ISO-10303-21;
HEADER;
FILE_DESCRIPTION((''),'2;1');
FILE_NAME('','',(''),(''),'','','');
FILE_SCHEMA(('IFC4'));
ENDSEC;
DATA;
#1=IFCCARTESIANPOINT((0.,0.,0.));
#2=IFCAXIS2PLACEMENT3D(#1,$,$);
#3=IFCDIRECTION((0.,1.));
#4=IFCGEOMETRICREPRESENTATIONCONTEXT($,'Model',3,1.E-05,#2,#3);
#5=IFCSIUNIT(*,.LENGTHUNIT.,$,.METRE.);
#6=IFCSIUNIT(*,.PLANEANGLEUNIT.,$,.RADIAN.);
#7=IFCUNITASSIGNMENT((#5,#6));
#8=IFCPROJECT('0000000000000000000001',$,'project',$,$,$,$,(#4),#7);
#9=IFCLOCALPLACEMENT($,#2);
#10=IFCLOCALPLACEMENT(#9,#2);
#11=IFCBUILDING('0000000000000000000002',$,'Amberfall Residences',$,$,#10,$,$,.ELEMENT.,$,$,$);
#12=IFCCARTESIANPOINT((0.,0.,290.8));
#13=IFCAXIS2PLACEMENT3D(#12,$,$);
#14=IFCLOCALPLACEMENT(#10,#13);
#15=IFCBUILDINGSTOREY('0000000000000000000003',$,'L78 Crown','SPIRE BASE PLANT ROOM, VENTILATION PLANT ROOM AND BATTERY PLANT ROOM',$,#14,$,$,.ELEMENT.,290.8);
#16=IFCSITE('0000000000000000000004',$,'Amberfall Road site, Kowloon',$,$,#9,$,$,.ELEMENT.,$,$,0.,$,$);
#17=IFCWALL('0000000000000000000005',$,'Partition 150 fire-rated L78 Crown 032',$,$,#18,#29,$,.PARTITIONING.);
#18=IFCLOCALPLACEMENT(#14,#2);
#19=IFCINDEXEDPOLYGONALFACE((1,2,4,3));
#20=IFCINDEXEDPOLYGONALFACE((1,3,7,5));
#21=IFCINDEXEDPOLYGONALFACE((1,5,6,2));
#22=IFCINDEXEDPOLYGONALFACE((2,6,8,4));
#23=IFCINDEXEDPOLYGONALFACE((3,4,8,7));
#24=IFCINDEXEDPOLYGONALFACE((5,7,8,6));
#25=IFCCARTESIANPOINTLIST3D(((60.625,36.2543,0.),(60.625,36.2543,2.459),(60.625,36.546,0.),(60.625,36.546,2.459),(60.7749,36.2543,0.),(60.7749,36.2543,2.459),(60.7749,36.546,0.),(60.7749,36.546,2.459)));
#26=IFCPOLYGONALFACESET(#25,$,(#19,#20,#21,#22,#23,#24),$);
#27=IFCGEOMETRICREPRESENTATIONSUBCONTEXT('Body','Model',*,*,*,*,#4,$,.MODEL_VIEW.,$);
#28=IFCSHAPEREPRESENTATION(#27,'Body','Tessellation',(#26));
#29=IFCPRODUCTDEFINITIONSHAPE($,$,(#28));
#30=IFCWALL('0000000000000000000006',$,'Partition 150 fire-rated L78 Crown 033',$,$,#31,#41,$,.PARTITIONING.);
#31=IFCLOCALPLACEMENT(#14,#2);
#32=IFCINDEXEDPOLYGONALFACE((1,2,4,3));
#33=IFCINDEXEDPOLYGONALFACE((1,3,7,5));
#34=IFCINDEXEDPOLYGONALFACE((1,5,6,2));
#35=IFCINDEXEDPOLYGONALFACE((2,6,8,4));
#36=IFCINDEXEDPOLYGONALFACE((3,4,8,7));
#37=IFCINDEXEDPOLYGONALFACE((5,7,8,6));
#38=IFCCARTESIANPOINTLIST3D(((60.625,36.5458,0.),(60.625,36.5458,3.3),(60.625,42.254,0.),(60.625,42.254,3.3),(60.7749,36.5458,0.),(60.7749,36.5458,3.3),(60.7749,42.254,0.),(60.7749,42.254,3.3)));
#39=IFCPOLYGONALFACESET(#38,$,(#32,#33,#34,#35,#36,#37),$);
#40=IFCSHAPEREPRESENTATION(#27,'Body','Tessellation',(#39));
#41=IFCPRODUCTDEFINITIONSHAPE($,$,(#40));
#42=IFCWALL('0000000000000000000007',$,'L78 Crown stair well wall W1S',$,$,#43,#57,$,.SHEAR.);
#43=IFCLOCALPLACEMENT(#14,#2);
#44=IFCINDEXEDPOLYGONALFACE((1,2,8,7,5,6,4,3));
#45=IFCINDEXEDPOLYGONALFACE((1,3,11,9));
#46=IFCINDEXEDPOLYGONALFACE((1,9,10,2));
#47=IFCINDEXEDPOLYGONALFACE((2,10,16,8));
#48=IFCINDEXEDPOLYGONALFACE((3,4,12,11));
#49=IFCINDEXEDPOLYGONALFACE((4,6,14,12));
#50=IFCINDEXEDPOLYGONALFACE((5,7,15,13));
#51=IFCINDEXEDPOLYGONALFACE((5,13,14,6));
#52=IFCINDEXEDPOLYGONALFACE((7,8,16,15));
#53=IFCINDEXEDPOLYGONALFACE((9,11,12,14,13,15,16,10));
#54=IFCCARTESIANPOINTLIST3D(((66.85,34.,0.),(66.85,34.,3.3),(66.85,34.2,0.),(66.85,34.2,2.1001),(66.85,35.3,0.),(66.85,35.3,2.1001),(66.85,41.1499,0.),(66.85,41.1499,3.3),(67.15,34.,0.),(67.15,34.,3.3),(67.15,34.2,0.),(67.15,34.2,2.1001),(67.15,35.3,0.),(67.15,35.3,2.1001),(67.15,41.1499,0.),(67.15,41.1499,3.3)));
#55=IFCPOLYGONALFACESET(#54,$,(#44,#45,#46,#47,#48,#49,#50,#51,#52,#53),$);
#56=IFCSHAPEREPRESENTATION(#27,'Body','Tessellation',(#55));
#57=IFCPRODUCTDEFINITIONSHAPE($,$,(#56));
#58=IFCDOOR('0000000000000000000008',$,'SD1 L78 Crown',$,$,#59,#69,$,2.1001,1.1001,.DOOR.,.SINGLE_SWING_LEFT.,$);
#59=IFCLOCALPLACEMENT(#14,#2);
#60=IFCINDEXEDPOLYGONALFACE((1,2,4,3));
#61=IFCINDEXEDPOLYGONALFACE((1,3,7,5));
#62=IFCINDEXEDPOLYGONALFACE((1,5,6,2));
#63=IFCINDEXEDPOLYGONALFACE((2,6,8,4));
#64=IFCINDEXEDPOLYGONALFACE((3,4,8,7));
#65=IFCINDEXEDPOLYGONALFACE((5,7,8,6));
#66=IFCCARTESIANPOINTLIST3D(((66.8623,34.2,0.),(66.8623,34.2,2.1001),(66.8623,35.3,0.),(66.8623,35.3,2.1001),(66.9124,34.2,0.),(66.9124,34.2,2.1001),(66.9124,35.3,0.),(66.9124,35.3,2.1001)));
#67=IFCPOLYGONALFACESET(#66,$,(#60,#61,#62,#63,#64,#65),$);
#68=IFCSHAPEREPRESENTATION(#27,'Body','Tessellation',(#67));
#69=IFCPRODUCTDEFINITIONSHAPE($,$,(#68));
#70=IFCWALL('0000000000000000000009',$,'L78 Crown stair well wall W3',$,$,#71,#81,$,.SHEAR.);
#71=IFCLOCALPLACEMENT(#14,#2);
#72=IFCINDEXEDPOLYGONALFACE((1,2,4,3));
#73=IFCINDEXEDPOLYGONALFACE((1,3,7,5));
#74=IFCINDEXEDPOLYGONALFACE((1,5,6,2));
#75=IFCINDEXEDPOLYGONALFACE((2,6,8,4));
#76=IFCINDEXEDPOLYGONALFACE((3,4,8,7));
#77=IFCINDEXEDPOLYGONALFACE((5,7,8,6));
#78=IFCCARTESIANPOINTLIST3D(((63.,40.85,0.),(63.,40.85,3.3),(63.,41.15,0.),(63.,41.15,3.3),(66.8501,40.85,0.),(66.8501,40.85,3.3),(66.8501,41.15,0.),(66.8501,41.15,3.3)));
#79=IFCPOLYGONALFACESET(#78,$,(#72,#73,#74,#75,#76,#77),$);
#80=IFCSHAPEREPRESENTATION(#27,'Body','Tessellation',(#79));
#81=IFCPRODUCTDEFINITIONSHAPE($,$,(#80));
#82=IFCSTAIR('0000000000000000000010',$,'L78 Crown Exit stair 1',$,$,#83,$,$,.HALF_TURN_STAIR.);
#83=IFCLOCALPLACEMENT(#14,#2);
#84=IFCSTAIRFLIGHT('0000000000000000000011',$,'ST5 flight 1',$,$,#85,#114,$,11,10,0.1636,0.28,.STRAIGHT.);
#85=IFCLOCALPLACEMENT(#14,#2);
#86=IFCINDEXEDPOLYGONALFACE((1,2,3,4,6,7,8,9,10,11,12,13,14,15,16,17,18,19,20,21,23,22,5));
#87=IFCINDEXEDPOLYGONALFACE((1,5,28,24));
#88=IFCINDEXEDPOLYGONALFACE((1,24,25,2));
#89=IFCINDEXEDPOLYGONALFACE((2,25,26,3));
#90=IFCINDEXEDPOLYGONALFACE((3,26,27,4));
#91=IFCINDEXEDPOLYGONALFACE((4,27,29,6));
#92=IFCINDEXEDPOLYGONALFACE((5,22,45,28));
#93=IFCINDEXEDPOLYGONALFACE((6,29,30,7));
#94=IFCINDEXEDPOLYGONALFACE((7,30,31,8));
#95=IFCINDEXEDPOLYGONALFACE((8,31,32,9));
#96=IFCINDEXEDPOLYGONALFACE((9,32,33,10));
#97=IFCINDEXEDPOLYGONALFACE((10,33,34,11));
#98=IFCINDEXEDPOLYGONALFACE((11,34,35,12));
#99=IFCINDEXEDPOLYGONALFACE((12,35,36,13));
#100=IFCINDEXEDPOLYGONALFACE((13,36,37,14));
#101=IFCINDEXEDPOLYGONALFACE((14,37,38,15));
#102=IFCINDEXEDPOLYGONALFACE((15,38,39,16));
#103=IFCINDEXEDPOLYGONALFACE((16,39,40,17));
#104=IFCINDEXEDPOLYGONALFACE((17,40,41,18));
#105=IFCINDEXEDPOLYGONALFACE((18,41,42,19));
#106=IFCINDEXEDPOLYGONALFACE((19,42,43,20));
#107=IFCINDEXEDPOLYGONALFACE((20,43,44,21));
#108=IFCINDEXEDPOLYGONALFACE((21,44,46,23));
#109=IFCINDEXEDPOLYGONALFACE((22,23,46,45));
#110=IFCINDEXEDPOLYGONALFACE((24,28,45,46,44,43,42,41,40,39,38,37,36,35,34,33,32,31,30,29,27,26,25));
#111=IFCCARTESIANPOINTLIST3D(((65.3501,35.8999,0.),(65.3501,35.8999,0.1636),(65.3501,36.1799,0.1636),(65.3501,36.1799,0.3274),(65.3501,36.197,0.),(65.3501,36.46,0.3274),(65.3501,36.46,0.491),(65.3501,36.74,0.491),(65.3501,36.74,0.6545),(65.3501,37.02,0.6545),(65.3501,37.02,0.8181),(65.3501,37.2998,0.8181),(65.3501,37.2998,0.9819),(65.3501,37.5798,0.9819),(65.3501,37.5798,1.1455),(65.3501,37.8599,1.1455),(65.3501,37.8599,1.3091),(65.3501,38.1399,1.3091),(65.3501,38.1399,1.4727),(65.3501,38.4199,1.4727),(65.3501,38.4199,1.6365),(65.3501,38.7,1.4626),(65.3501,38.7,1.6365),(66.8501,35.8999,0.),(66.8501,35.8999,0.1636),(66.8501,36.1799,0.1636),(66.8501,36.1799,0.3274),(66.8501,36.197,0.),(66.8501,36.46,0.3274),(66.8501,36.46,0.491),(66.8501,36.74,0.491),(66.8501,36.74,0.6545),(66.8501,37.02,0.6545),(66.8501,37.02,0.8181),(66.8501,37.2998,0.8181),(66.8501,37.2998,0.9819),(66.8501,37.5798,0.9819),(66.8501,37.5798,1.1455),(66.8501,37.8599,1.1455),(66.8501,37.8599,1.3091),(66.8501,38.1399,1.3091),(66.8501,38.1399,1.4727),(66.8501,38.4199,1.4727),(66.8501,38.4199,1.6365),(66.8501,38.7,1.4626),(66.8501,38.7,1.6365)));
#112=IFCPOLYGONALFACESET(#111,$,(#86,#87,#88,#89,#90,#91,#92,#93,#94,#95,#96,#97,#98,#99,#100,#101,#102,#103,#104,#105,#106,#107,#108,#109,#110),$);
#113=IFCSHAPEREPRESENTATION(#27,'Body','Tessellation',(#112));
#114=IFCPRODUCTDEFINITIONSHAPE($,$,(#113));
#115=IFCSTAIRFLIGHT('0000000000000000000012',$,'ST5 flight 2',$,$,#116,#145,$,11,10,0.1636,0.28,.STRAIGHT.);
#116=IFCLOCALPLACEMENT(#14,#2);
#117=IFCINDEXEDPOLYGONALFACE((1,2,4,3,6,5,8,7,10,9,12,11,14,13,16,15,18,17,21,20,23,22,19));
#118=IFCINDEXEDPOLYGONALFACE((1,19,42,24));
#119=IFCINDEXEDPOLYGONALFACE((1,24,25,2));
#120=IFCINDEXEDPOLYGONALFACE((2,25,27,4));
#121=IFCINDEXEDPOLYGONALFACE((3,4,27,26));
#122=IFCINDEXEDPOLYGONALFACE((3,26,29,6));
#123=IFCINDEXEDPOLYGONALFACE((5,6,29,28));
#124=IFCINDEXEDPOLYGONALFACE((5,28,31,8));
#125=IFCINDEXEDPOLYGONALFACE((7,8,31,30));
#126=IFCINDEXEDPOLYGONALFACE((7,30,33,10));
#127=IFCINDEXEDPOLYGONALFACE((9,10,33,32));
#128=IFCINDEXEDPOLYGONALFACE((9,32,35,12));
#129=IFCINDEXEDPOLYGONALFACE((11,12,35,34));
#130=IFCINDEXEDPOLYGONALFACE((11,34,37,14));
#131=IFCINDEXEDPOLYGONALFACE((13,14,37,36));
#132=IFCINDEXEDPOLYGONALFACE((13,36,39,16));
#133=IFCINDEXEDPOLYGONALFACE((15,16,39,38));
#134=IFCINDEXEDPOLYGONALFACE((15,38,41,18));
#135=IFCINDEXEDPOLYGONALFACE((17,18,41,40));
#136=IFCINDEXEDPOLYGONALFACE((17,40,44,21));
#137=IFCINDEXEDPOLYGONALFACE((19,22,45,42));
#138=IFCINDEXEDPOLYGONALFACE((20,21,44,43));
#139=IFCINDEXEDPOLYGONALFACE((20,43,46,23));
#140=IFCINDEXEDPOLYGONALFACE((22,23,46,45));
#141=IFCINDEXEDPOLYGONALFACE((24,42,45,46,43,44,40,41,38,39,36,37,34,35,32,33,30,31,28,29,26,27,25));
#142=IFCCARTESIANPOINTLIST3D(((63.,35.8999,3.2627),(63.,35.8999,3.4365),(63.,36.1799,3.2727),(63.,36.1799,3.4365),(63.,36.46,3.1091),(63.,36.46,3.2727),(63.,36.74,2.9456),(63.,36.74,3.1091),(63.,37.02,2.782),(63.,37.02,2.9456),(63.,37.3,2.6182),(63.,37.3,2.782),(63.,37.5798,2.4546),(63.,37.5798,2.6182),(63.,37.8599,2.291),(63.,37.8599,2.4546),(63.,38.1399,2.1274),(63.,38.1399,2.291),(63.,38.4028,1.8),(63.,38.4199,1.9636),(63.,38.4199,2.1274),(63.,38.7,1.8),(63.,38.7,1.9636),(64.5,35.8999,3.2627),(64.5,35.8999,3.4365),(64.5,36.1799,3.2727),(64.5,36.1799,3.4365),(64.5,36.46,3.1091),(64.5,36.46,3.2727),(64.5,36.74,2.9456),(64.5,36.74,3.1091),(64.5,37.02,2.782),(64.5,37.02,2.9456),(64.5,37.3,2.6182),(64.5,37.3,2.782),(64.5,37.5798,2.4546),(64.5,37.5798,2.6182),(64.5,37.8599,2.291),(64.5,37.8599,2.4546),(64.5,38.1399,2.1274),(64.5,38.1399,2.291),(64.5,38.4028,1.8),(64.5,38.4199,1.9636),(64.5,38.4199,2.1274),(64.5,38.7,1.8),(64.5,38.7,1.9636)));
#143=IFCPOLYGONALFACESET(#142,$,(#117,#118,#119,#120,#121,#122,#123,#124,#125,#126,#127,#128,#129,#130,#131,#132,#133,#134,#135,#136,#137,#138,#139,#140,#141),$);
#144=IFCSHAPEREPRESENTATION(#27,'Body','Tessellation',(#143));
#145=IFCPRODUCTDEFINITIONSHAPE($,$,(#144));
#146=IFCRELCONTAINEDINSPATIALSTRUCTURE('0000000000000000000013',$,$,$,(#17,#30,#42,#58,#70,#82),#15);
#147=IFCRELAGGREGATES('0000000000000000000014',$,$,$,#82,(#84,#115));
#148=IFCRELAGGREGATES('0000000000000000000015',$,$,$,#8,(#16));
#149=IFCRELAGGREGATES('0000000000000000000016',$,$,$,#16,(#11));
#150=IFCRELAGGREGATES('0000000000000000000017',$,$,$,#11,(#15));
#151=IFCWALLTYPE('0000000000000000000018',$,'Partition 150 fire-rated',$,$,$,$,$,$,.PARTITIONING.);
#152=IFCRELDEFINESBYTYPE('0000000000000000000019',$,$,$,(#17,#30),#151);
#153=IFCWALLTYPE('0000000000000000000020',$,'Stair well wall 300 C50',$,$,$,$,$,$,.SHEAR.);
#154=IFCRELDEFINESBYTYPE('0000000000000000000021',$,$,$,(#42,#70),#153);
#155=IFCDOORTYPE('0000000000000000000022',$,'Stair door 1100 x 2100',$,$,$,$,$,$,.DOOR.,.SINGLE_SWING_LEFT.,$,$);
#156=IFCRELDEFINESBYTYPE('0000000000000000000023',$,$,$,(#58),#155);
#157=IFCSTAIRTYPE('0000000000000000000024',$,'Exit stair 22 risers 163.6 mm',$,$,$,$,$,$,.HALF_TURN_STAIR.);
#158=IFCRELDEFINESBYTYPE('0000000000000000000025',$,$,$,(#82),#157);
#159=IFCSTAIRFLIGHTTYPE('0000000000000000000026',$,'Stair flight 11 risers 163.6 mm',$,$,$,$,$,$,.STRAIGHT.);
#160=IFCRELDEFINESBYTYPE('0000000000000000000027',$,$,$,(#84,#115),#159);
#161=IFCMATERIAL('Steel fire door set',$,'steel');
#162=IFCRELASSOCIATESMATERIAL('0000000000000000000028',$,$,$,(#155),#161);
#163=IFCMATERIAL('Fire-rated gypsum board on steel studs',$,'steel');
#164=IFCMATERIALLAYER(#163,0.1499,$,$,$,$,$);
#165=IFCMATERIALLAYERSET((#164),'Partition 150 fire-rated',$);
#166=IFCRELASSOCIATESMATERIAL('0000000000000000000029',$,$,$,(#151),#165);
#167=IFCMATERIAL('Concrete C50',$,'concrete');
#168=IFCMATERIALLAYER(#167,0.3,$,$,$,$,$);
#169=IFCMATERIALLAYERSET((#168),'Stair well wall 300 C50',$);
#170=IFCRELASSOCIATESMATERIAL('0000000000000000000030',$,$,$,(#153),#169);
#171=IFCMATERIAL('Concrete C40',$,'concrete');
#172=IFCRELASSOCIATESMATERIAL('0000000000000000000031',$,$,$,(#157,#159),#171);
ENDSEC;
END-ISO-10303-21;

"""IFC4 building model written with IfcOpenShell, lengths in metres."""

from ifc_helpers import new_model, si_unit, direction, frame, frame_2d, origin, place, context, subcontext, project, spatial, polyline, rectangle, outline, extrude, material, layer, layer_set, type_object, element, fill, aggregate, save


model = new_model("IFC4")

# Units and contexts
model_context = context("Model", 3, precision=1e-05, world=origin(), true_north=direction((0.0, 1.0)))
body_context = subcontext(model_context, "Body", "Model", "MODEL_VIEW")
ifc_project = project(units=[si_unit("LENGTHUNIT", "METRE"), si_unit("PLANEANGLEUNIT", "RADIAN")], contexts=[model_context])

# Site, building, storey
site_placement = place(None, origin())
site = spatial("IfcSite", under=ifc_project, at=site_placement, Name="Amberfall Road site, Kowloon", CompositionType="ELEMENT", RefElevation=0.0)
building_placement = place(site_placement, origin())
building = spatial("IfcBuilding", under=site, at=building_placement, Name="Amberfall Residences", CompositionType="ELEMENT")
storey_placement = place(building_placement, frame((0.0, 0.0, 290.8)))
storey = spatial("IfcBuildingStorey", under=building, at=storey_placement, Name="L78 Crown", Description="SPIRE BASE PLANT ROOM, VENTILATION PLANT ROOM AND BATTERY PLANT ROOM", CompositionType="ELEMENT", Elevation=290.8)

# Shared definitions
ifc_material_1 = material(Name="Steel fire door set", Category="steel")

# Shared definitions
ifc_material_2 = material(Name="Concrete C50", Category="concrete")
door_type_1 = type_object("IfcDoorType", Name="Stair door 1100 x 2100", OperationType="SINGLE_SWING_LEFT", PredefinedType="DOOR", material=ifc_material_1)

# Shared definitions
ifc_material_3 = material(Name="Fire-rated gypsum board on steel studs", Category="steel")
ifc_layer_1 = layer(ifc_material_3, 0.1499)
ifc_layer_set_1 = layer_set([ifc_layer_1], Name="Partition 150 fire-rated")
wall_type_1 = type_object("IfcWallType", Name="Partition 150 fire-rated", PredefinedType="PARTITIONING", material=ifc_layer_set_1)

# Walls
wall_1_placement = place(storey_placement, frame((60.7, 36.2542, 0.0), z_axis=(0.0, 0.0, 1.0), x_axis=(0.0, 1.0, 0.0)))
element("IfcWall", 1, at=wall_1_placement, inside=storey, type_object=wall_type_1, Name="Partition 150 fire-rated L78 Crown 032", PredefinedType="PARTITIONING", context=body_context, shape_type="SweptSolid", body=[
    extrude(rectangle(XDim=0.2917, YDim=0.1499, at=frame_2d((0.146, 0.0))), origin(), (0.0, 0.0, 1.0), 2.459),
])
wall_2_placement = place(storey_placement, frame((60.7, 36.5459, 0.0), z_axis=(0.0, 0.0, 1.0), x_axis=(0.0, 1.0, 0.0)))
element("IfcWall", 2, at=wall_2_placement, inside=storey, type_object=wall_type_1, Name="Partition 150 fire-rated L78 Crown 033", PredefinedType="PARTITIONING", context=body_context, shape_type="SweptSolid", body=[
    extrude(rectangle(XDim=5.7083, YDim=0.1499, at=frame_2d((2.854, 0.0))), origin(), (0.0, 0.0, 1.0), 3.3),
])

# Wall, opening, door
ifc_layer_2 = layer(ifc_material_2, 0.3)
ifc_layer_set_2 = layer_set([ifc_layer_2], Name="Stair well wall 300 C50")
wall_type_2 = type_object("IfcWallType", Name="Stair well wall 300 C50", PredefinedType="SHEAR", material=ifc_layer_set_2)
wall_3_placement = place(storey_placement, frame((67.0, 34.0, 0.0), z_axis=(0.0, 0.0, 1.0), x_axis=(0.0, 1.0, 0.0)))
wall_3 = element("IfcWall", 3, at=wall_3_placement, inside=storey, type_object=wall_type_2, Name="L78 Crown stair well wall W1S", PredefinedType="SHEAR", context=body_context, shape_type="SweptSolid", body=[
    extrude(rectangle(XDim=7.1499, YDim=0.3, at=frame_2d((3.575, 0.0))), origin(), (0.0, 0.0, 1.0), 3.3),
])
opening_1_placement = place(wall_3_placement, frame((0.2, 0.0, 0.0)))
opening_1 = element("IfcOpeningElement", 4, at=opening_1_placement, cuts=wall_3, PredefinedType="OPENING", context=body_context, shape_type="SweptSolid", body=[
    extrude(rectangle(XDim=1.1001, YDim=2.1001, at=frame_2d((0.55, 1.05))), frame((0.0, 0.1599, 0.0), z_axis=(0.0, -1.0, 0.0), x_axis=(1.0, 0.0, 0.0)), (0.0, 0.0, 1.0), 0.3201),
])
door_1_placement = place(opening_1_placement, origin())
door_1 = element("IfcDoor", 5, at=door_1_placement, inside=storey, type_object=door_type_1, Name="SD1 L78 Crown", OperationType="SINGLE_SWING_LEFT", OverallHeight=2.1001, OverallWidth=1.1001, PredefinedType="DOOR", context=body_context, shape_type="SweptSolid", body=[
    extrude(rectangle(XDim=1.1001, YDim=2.1001, at=frame_2d((0.55, 1.05))), frame((0.0, 0.1377, 0.0), z_axis=(0.0, -1.0, 0.0), x_axis=(1.0, 0.0, 0.0)), (0.0, 0.0, 1.0), 0.05),
])
fill(opening_1, door_1)

# Wall
wall_4_placement = place(storey_placement, frame((63.0, 41.0, 0.0), z_axis=(0.0, 0.0, 1.0), x_axis=(1.0, 0.0, 0.0)))
element("IfcWall", 6, at=wall_4_placement, inside=storey, type_object=wall_type_2, Name="L78 Crown stair well wall W3", PredefinedType="SHEAR", context=body_context, shape_type="SweptSolid", body=[
    extrude(rectangle(XDim=3.8501, YDim=0.3, at=frame_2d((1.925, 0.0))), origin(), (0.0, 0.0, 1.0), 3.3),
])

# Stair, stair flights
ifc_material_4 = material(Name="Concrete C40", Category="concrete")
stair_type = type_object("IfcStairType", Name="Exit stair 22 risers 163.6 mm", PredefinedType="HALF_TURN_STAIR", material=ifc_material_4)
stair_placement = place(storey_placement, origin())
stair = element("IfcStair", 7, at=stair_placement, inside=storey, type_object=stair_type, Name="L78 Crown Exit stair 1", PredefinedType="HALF_TURN_STAIR")
stair_flight_type = type_object("IfcStairFlightType", Name="Stair flight 11 risers 163.6 mm", PredefinedType="STRAIGHT", material=ifc_material_4)
stair_flight_1_placement = place(storey_placement, frame((66.1001, 35.8999, 0.0), z_axis=(0.0, 0.0, 1.0), x_axis=(0.0, 1.0, 0.0)))
stair_flight_1 = element("IfcStairFlight", 8, at=stair_flight_1_placement, type_object=stair_flight_type, Name="ST5 flight 1", NumberOfRisers=11, NumberOfTreads=10, PredefinedType="STRAIGHT", RiserHeight=0.1636, TreadLength=0.28, context=body_context, shape_type="SweptSolid", body=[
    extrude(outline(polyline([(0.0, 0.0), (0.0, 0.1636), (0.28, 0.1636), (0.28, 0.3274), (0.5601, 0.3274), (0.5601, 0.491), (0.8401, 0.491), (0.8401, 0.6545), (1.1201, 0.6545), (1.1201, 0.8181), (1.3999, 0.8181), (1.3999, 0.9819), (1.6799, 0.9819), (1.6799, 1.1455), (1.96, 1.1455), (1.96, 1.3091), (2.24, 1.3091), (2.24, 1.4727), (2.52, 1.4727), (2.52, 1.6365), (2.8, 1.6365), (2.8, 1.8), (2.8, 1.4626), (0.2971, 0.0), (0.0, 0.0)])), frame((0.0, 0.75, 0.0), z_axis=(0.0, -1.0, 0.0), x_axis=(1.0, 0.0, 0.0)), (0.0, 0.0, 1.0), 1.5),
])
stair_flight_2_placement = place(storey_placement, frame((63.75, 38.7, 1.8), z_axis=(0.0, 0.0, 1.0), x_axis=(0.0, -1.0, 0.0)))
stair_flight_2 = element("IfcStairFlight", 9, at=stair_flight_2_placement, type_object=stair_flight_type, Name="ST5 flight 2", NumberOfRisers=11, NumberOfTreads=10, PredefinedType="STRAIGHT", RiserHeight=0.1636, TreadLength=0.28, context=body_context, shape_type="SweptSolid", body=[
    extrude(outline(polyline([(0.0, 0.0), (0.0, 0.1636), (0.28, 0.1636), (0.28, 0.3274), (0.5601, 0.3274), (0.5601, 0.491), (0.8401, 0.491), (0.8401, 0.6545), (1.1201, 0.6545), (1.1201, 0.8181), (1.3999, 0.8181), (1.3999, 0.9819), (1.6799, 0.9819), (1.6799, 1.1455), (1.96, 1.1455), (1.96, 1.3091), (2.24, 1.3091), (2.24, 1.4727), (2.52, 1.4727), (2.52, 1.6365), (2.8, 1.6365), (2.8, 1.8), (2.8, 1.4626), (0.2971, 0.0), (0.0, 0.0)])), frame((0.0, 0.75, 0.0), z_axis=(0.0, -1.0, 0.0), x_axis=(1.0, 0.0, 0.0)), (0.0, 0.0, 1.0), 1.5),
])
aggregate(stair, [stair_flight_1, stair_flight_2])

save(model, "model.ifc")
